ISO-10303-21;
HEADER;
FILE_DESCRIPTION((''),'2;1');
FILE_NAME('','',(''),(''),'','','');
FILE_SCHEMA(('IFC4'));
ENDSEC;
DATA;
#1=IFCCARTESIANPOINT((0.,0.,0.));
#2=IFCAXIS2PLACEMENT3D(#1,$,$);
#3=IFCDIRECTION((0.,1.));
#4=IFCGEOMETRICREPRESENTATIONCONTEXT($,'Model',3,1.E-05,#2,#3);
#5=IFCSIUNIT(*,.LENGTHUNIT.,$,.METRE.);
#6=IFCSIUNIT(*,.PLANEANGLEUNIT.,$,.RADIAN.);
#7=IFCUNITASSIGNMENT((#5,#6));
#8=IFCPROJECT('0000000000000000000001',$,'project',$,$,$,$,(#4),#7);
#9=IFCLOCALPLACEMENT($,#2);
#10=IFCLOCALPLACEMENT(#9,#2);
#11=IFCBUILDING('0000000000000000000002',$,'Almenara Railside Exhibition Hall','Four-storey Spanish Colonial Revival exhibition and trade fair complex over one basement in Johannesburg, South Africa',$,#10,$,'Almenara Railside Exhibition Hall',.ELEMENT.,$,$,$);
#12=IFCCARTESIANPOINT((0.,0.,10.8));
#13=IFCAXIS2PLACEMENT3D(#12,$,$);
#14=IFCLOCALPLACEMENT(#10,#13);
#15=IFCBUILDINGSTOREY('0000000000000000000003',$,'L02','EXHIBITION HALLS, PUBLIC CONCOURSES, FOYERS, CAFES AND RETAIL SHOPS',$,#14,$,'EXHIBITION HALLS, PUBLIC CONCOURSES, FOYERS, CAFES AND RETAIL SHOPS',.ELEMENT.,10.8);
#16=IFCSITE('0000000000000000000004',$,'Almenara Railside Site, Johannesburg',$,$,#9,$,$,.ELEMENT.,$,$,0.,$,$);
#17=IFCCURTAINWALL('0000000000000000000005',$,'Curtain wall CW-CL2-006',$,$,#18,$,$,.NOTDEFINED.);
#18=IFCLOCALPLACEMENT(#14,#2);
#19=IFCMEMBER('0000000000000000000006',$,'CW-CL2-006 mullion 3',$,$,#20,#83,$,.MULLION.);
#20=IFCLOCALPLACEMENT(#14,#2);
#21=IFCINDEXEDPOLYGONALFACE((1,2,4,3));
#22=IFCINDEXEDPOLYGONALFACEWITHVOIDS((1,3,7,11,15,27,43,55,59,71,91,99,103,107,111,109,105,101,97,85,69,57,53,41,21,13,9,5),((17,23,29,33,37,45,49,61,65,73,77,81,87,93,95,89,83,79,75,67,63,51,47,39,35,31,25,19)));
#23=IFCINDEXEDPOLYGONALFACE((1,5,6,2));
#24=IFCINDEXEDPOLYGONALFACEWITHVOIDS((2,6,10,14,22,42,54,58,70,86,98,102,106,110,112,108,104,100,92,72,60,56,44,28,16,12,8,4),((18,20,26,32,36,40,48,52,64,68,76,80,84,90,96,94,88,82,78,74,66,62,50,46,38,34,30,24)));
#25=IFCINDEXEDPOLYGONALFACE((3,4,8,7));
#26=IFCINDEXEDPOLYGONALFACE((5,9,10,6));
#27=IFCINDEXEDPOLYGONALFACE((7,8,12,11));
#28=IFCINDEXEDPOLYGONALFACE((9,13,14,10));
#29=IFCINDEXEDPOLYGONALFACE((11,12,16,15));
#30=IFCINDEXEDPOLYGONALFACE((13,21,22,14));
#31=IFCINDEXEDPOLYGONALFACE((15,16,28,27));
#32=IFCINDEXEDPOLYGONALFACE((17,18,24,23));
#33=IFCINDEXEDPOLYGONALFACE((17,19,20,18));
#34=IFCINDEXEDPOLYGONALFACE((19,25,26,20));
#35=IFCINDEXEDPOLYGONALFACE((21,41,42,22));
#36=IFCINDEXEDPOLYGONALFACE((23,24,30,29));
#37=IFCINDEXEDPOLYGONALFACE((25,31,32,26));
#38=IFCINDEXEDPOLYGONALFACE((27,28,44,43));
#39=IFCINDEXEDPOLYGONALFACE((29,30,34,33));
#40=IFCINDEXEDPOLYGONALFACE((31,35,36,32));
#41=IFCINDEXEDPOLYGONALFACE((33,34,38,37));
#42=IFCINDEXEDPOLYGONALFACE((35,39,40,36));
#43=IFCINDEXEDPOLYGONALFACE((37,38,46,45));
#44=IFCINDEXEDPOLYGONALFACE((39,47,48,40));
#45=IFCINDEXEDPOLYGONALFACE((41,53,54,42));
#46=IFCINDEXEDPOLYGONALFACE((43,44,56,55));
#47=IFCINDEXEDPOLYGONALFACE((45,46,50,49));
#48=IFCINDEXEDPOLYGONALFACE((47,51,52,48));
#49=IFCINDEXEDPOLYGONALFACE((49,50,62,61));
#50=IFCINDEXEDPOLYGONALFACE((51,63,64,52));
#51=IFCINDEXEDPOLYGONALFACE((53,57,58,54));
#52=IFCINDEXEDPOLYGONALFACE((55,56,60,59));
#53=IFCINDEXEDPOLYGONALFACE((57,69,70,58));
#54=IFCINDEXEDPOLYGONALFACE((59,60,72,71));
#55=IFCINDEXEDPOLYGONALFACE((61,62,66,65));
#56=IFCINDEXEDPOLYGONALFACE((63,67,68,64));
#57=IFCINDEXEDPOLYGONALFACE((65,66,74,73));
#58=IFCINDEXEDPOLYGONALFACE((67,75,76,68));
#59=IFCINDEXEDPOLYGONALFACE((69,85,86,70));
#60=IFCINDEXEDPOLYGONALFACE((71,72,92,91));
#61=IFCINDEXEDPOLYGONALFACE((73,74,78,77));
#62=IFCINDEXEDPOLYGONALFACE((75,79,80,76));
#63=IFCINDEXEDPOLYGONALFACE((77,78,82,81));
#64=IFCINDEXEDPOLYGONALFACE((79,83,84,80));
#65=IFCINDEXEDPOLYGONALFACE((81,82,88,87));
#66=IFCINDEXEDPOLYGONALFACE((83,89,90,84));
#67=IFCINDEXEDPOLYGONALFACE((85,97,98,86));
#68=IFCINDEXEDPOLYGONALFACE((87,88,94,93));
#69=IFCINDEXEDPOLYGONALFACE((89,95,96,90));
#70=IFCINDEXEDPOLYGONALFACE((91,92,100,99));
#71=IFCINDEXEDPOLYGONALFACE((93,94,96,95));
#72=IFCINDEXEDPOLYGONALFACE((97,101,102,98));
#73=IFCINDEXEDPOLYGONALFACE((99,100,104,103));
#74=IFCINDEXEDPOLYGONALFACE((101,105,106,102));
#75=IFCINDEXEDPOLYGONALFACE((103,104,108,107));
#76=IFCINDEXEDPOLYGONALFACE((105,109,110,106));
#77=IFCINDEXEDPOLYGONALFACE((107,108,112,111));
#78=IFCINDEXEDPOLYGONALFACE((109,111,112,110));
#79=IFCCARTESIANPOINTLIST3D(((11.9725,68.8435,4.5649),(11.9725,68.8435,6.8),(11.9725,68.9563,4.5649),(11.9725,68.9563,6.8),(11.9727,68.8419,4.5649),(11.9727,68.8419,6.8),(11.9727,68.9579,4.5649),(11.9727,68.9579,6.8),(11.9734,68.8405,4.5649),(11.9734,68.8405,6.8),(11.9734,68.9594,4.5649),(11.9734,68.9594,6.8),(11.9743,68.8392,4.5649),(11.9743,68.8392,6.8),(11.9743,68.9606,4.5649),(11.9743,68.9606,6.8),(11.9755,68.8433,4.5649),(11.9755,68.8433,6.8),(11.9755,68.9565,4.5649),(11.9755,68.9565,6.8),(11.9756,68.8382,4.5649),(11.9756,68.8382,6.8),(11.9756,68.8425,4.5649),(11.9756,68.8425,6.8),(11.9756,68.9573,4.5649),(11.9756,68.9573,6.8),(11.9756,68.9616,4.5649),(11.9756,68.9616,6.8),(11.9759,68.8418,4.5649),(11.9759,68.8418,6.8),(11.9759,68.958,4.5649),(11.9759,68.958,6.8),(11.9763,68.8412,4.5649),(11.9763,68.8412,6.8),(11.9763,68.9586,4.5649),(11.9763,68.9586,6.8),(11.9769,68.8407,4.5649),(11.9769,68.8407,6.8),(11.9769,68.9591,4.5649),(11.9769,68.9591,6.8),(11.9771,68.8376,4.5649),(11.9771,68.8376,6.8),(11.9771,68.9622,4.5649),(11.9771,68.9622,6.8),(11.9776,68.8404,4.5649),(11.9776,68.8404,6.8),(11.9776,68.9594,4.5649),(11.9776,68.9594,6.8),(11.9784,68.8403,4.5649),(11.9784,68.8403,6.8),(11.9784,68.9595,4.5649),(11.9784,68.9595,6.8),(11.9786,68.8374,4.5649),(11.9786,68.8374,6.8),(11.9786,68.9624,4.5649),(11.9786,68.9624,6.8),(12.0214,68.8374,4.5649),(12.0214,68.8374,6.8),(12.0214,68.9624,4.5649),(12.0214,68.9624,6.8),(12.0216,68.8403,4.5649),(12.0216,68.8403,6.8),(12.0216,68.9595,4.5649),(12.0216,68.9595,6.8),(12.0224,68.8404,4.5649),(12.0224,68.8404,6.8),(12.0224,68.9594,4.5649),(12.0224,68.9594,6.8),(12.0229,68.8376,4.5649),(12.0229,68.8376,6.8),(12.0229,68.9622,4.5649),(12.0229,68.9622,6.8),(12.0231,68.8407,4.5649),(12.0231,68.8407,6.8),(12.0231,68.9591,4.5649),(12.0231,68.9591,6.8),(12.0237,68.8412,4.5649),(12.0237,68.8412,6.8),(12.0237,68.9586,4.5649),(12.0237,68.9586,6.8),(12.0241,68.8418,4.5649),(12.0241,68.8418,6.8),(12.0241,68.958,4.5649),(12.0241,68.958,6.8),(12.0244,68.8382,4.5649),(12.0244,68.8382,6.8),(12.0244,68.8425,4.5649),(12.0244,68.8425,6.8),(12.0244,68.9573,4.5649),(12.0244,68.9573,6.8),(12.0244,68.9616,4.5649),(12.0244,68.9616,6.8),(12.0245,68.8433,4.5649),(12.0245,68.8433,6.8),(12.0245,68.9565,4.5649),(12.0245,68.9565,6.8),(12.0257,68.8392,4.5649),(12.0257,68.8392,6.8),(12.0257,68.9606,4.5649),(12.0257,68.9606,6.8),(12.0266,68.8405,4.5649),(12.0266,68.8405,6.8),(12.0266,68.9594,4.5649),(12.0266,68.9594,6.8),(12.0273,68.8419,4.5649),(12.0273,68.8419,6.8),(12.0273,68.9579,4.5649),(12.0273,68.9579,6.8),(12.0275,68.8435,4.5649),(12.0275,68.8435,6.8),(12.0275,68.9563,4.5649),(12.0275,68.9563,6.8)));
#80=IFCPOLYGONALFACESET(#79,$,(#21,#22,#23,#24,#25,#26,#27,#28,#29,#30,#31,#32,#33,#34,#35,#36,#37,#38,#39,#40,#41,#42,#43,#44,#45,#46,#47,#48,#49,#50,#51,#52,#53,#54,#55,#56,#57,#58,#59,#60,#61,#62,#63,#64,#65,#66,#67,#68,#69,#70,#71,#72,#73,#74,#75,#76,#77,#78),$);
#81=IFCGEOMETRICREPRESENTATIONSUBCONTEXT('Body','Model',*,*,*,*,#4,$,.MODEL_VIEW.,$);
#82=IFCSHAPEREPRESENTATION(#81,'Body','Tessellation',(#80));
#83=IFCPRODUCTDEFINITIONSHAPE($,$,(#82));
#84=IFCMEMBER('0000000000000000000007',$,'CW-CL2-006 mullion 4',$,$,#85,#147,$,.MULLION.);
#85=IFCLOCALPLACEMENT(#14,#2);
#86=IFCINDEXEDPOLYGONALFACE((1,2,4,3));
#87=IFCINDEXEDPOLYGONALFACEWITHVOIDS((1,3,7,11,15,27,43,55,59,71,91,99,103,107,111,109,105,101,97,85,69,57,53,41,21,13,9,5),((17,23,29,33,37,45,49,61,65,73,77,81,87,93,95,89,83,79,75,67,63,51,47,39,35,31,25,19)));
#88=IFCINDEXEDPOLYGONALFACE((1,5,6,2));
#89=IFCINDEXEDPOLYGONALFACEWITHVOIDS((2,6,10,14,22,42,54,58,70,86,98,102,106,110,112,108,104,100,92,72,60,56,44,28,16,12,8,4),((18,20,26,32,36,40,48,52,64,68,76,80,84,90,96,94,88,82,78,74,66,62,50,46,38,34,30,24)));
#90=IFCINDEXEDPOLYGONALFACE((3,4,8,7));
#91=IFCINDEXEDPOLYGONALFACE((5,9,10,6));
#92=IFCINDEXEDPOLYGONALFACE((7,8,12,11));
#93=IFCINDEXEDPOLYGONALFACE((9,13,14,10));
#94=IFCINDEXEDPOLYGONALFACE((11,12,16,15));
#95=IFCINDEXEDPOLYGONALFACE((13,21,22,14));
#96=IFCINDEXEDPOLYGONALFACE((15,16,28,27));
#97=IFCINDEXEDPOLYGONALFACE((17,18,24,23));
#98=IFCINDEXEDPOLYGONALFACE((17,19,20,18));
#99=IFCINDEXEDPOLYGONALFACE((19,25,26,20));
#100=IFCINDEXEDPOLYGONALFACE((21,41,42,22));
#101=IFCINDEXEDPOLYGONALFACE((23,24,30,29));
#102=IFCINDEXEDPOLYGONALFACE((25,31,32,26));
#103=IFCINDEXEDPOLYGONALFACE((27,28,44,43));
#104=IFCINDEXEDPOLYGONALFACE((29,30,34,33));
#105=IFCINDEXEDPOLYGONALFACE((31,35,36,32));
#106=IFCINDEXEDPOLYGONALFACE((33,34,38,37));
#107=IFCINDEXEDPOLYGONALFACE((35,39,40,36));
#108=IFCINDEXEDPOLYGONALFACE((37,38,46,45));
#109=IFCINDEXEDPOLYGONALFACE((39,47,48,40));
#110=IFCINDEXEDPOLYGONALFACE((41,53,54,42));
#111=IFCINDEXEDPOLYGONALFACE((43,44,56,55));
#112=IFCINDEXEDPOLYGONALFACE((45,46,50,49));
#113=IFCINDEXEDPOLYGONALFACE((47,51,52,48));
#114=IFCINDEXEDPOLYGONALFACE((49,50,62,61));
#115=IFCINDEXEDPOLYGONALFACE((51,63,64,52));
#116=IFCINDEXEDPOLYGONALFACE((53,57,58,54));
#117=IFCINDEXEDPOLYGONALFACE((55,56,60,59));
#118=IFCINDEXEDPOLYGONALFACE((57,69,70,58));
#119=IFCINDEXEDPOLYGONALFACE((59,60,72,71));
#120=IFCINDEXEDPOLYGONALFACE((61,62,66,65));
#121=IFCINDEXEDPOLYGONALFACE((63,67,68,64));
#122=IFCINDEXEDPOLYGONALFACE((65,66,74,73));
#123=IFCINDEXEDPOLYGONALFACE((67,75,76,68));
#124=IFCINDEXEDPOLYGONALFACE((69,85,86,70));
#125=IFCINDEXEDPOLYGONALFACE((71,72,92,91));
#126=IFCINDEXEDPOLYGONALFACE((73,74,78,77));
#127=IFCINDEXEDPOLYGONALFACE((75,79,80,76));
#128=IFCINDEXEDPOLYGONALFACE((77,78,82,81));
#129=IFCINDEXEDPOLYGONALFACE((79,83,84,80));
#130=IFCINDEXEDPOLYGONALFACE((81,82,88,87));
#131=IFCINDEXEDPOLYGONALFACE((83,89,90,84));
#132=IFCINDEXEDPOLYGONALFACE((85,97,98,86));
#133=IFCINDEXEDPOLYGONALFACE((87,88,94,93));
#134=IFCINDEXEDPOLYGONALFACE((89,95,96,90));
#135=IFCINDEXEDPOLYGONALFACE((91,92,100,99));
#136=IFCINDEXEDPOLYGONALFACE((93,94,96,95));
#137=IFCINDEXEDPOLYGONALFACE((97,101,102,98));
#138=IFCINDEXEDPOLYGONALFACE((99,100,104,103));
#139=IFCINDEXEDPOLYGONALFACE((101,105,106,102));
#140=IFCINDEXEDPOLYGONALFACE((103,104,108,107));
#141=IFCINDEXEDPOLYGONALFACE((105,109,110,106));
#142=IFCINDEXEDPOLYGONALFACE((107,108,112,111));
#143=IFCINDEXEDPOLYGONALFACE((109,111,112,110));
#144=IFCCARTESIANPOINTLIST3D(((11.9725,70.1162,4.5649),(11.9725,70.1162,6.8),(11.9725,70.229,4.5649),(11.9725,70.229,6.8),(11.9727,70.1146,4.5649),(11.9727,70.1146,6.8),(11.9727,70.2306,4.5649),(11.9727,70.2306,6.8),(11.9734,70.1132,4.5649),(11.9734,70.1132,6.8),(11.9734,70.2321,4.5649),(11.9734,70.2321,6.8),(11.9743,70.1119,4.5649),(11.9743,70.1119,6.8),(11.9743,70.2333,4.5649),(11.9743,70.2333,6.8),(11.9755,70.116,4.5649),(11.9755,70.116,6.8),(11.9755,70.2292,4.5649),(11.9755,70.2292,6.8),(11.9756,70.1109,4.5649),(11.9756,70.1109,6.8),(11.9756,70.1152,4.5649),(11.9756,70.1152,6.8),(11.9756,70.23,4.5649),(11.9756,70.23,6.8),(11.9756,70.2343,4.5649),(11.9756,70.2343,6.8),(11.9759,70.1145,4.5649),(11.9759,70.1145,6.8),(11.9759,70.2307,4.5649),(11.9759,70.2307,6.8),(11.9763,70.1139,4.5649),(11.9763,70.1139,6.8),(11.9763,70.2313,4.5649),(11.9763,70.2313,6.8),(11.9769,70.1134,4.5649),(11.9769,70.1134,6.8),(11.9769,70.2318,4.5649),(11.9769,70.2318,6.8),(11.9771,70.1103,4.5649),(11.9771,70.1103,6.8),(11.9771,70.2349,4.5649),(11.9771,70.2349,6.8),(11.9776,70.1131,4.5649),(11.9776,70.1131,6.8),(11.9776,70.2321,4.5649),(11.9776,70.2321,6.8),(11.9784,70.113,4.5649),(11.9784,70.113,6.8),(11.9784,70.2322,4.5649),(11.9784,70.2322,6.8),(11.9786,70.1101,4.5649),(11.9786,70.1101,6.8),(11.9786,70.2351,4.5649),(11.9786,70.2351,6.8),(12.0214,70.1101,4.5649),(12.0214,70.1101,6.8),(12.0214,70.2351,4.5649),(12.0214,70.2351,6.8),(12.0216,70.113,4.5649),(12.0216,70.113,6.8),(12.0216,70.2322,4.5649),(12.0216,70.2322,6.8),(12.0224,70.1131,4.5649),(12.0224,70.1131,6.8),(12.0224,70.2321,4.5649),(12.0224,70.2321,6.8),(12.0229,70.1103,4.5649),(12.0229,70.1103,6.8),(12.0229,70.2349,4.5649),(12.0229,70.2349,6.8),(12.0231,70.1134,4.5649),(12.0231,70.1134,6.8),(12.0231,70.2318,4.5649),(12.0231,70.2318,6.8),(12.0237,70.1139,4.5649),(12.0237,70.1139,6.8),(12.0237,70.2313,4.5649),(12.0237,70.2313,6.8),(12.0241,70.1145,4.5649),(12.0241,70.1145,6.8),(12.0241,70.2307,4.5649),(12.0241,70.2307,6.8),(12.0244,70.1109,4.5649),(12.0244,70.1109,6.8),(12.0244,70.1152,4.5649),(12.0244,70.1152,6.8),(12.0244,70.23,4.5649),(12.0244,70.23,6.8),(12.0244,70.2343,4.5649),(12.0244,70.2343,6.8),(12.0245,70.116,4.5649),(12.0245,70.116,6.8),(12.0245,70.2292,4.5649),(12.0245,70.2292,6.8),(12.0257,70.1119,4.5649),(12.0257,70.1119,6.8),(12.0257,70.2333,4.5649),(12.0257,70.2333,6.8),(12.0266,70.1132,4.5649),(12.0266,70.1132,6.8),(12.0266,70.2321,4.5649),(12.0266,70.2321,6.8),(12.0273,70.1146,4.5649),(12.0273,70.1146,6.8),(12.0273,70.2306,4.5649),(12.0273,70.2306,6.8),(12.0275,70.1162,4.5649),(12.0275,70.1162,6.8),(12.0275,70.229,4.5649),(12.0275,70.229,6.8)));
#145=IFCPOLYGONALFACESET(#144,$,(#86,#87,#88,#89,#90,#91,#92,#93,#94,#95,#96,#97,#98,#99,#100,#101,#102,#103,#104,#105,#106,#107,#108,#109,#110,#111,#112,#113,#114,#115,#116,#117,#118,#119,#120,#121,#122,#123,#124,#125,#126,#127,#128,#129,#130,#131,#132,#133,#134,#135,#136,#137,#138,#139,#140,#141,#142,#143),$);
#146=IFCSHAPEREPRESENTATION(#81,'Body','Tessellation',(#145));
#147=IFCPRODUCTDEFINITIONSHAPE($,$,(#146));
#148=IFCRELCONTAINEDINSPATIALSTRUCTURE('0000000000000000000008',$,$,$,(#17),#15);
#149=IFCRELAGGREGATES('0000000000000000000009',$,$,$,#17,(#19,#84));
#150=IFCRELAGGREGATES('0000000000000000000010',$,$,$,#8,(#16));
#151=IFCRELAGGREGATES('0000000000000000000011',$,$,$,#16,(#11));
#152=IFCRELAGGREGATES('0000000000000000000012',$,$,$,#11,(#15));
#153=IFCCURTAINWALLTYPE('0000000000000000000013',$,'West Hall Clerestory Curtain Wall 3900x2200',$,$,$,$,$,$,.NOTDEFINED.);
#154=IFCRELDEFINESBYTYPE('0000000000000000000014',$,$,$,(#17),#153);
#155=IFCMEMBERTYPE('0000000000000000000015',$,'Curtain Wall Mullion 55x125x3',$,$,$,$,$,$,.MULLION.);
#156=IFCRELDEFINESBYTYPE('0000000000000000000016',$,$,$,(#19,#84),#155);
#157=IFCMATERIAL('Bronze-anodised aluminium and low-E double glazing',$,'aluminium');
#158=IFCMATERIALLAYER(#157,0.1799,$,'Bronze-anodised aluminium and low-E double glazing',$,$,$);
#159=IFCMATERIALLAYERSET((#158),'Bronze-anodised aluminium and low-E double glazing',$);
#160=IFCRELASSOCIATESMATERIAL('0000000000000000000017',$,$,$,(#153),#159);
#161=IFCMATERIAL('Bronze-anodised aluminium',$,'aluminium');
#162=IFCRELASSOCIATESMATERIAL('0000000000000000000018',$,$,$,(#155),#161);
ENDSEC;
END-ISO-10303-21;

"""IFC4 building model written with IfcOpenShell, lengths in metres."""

from ifc_helpers import new_model, si_unit, direction, frame, origin, origin_2d, place, context, subcontext, project, spatial, hollow_rectangle, extrude, material, layer, layer_set, material_profile, profile_set, type_object, element, aggregate, save


model = new_model("IFC4")

# Units and contexts
model_context = context("Model", 3, precision=1e-05, world=origin(), true_north=direction((0.0, 1.0)))
body_context = subcontext(model_context, "Body", "Model", "MODEL_VIEW")
ifc_project = project(units=[si_unit("LENGTHUNIT", "METRE"), si_unit("PLANEANGLEUNIT", "RADIAN")], contexts=[model_context])

# Site, building, storey
site_placement = place(None, origin())
site = spatial("IfcSite", under=ifc_project, at=site_placement, Name="Almenara Railside Site, Johannesburg", CompositionType="ELEMENT", RefElevation=0.0)
building_placement = place(site_placement, origin())
building = spatial("IfcBuilding", under=site, at=building_placement, Name="Almenara Railside Exhibition Hall", Description="Four-storey Spanish Colonial Revival exhibition and trade fair complex over one basement in Johannesburg, South Africa", LongName="Almenara Railside Exhibition Hall", CompositionType="ELEMENT")
storey_placement = place(building_placement, frame((0.0, 0.0, 10.8)))
storey = spatial("IfcBuildingStorey", under=building, at=storey_placement, Name="L02", Description="EXHIBITION HALLS, PUBLIC CONCOURSES, FOYERS, CAFES AND RETAIL SHOPS", LongName="EXHIBITION HALLS, PUBLIC CONCOURSES, FOYERS, CAFES AND RETAIL SHOPS", CompositionType="ELEMENT", Elevation=10.8)

# Curtain wall, members
ifc_material_1 = material(Name="Bronze-anodised aluminium and low-E double glazing", Category="aluminium")
ifc_layer_1 = layer(ifc_material_1, 0.1799, Name="Bronze-anodised aluminium and low-E double glazing")
ifc_layer_set_1 = layer_set([ifc_layer_1], Name="Bronze-anodised aluminium and low-E double glazing")
curtain_wall_type = type_object("IfcCurtainWallType", Name="West Hall Clerestory Curtain Wall 3900x2200", PredefinedType="NOTDEFINED", material=ifc_layer_set_1)
curtain_wall_1_placement = place(storey_placement, origin())
curtain_wall_1 = element("IfcCurtainWall", 1, at=curtain_wall_1_placement, inside=storey, type_object=curtain_wall_type, Name="Curtain wall CW-CL2-006", PredefinedType="NOTDEFINED")
ifc_material_2 = material(Name="Bronze-anodised aluminium", Category="aluminium")
ifc_material_profile_1 = material_profile(ifc_material_2, hollow_rectangle(XDim=0.0549, YDim=0.125, WallThickness=0.0029, InnerFilletRadius=0.0029, OuterFilletRadius=0.0061, at=origin_2d()), Name="ALU-MUL 55x125x3")
ifc_profile_set_1 = profile_set([ifc_material_profile_1], Name="Bronze-anodised aluminium")
member_type_1 = type_object("IfcMemberType", Name="Curtain Wall Mullion 55x125x3", PredefinedType="MULLION", material=ifc_profile_set_1)
member_1_placement = place(storey_placement, frame((12.0, 68.8999, 4.5649), z_axis=(0.0, 0.0, 1.0), x_axis=(-1.0, 0.0, 0.0)))
member_1 = element("IfcMember", 2, at=member_1_placement, type_object=member_type_1, Name="CW-CL2-006 mullion 3", PredefinedType="MULLION", context=body_context, shape_type="SweptSolid", body=[
    extrude(hollow_rectangle(XDim=0.0549, YDim=0.125, WallThickness=0.0029, InnerFilletRadius=0.0029, OuterFilletRadius=0.0061, at=origin_2d()), origin(), (0.0, 0.0, 1.0), 2.2351),
])
member_2_placement = place(storey_placement, frame((12.0, 70.1726, 4.5649), z_axis=(0.0, 0.0, 1.0), x_axis=(-1.0, 0.0, 0.0)))
member_2 = element("IfcMember", 3, at=member_2_placement, type_object=member_type_1, Name="CW-CL2-006 mullion 4", PredefinedType="MULLION", context=body_context, shape_type="SweptSolid", body=[
    extrude(hollow_rectangle(XDim=0.0549, YDim=0.125, WallThickness=0.0029, InnerFilletRadius=0.0029, OuterFilletRadius=0.0061, at=origin_2d()), origin(), (0.0, 0.0, 1.0), 2.2351),
])

aggregate(curtain_wall_1, [member_1, member_2])

save(model, "model.ifc")
